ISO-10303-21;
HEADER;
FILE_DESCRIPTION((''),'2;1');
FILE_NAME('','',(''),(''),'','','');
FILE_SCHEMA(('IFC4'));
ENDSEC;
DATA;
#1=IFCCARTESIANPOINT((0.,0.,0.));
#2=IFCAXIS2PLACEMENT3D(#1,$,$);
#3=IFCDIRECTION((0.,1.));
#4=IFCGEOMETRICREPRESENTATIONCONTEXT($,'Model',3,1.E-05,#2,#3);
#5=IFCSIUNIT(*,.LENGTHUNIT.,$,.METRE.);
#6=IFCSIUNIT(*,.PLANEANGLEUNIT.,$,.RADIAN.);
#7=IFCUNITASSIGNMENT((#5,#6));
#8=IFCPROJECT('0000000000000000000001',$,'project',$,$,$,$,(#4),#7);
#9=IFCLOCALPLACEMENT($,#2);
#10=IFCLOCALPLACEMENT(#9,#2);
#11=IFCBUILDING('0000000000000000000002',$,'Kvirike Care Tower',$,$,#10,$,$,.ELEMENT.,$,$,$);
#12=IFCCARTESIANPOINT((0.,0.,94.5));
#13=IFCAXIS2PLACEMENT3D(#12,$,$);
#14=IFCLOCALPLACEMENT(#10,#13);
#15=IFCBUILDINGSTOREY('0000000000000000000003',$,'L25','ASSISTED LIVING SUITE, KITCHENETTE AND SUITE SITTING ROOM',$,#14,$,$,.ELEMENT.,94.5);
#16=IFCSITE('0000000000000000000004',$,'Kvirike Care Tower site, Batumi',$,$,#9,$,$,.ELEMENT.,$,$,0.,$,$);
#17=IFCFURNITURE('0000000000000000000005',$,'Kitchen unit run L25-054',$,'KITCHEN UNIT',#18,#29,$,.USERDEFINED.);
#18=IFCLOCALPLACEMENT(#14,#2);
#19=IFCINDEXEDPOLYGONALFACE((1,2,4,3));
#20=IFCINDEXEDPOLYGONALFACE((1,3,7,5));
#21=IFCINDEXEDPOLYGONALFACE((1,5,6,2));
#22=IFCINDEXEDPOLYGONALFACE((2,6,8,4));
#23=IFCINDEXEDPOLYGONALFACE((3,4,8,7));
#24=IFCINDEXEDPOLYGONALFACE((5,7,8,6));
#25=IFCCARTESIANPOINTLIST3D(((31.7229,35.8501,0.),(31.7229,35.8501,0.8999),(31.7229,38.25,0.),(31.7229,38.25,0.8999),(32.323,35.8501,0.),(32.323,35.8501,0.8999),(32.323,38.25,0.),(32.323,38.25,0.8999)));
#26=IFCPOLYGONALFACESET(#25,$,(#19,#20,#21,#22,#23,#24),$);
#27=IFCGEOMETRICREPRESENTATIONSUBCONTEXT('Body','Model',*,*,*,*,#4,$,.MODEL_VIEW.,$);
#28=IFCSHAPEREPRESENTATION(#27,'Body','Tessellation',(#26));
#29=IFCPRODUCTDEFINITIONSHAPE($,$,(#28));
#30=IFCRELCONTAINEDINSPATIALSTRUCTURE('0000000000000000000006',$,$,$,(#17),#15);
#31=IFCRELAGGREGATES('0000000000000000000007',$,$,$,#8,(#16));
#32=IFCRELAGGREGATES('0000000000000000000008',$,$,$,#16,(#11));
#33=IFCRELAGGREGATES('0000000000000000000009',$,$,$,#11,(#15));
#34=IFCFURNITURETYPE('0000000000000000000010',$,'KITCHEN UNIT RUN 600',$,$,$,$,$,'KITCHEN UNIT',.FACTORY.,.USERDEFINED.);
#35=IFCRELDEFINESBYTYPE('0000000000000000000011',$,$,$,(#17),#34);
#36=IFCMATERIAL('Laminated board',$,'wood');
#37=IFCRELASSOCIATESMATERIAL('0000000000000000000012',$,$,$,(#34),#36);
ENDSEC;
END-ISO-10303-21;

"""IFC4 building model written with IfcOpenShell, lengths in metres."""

from ifc_helpers import new_model, si_unit, direction, frame, origin, origin_2d, place, context, subcontext, project, spatial, rectangle, extrude, material, type_object, element, save


model = new_model("IFC4")

# Units and contexts
model_context = context("Model", 3, precision=1e-05, world=origin(), true_north=direction((0.0, 1.0)))
body_context = subcontext(model_context, "Body", "Model", "MODEL_VIEW")
ifc_project = project(units=[si_unit("LENGTHUNIT", "METRE"), si_unit("PLANEANGLEUNIT", "RADIAN")], contexts=[model_context])

# Site, building, storey
site_placement = place(None, origin())
site = spatial("IfcSite", under=ifc_project, at=site_placement, Name="Kvirike Care Tower site, Batumi", CompositionType="ELEMENT", RefElevation=0.0)
building_placement = place(site_placement, origin())
building = spatial("IfcBuilding", under=site, at=building_placement, Name="Kvirike Care Tower", CompositionType="ELEMENT")
storey_placement = place(building_placement, frame((0.0, 0.0, 94.5)))
storey = spatial("IfcBuildingStorey", under=building, at=storey_placement, Name="L25", Description="ASSISTED LIVING SUITE, KITCHENETTE AND SUITE SITTING ROOM", CompositionType="ELEMENT", Elevation=94.5)

# Furniture
ifc_material_1 = material(Name="Laminated board", Category="wood")
furniture_type_1 = type_object("IfcFurnitureType", Name="KITCHEN UNIT RUN 600", ElementType="KITCHEN UNIT", AssemblyPlace="FACTORY", PredefinedType="USERDEFINED", material=ifc_material_1)
furniture_1_placement = place(storey_placement, frame((32.0229, 37.05, 0.0), z_axis=(0.0, 0.0, 1.0), x_axis=(0.0, -1.0, 0.0)))
element("IfcFurniture", 1, at=furniture_1_placement, inside=storey, type_object=furniture_type_1, Name="Kitchen unit run L25-054", ObjectType="KITCHEN UNIT", PredefinedType="USERDEFINED", context=body_context, shape_type="SweptSolid", body=[
    extrude(rectangle(XDim=2.3999, YDim=0.6001, at=origin_2d()), origin(), (0.0, 0.0, 1.0), 0.8999),
])

save(model, "model.ifc")
